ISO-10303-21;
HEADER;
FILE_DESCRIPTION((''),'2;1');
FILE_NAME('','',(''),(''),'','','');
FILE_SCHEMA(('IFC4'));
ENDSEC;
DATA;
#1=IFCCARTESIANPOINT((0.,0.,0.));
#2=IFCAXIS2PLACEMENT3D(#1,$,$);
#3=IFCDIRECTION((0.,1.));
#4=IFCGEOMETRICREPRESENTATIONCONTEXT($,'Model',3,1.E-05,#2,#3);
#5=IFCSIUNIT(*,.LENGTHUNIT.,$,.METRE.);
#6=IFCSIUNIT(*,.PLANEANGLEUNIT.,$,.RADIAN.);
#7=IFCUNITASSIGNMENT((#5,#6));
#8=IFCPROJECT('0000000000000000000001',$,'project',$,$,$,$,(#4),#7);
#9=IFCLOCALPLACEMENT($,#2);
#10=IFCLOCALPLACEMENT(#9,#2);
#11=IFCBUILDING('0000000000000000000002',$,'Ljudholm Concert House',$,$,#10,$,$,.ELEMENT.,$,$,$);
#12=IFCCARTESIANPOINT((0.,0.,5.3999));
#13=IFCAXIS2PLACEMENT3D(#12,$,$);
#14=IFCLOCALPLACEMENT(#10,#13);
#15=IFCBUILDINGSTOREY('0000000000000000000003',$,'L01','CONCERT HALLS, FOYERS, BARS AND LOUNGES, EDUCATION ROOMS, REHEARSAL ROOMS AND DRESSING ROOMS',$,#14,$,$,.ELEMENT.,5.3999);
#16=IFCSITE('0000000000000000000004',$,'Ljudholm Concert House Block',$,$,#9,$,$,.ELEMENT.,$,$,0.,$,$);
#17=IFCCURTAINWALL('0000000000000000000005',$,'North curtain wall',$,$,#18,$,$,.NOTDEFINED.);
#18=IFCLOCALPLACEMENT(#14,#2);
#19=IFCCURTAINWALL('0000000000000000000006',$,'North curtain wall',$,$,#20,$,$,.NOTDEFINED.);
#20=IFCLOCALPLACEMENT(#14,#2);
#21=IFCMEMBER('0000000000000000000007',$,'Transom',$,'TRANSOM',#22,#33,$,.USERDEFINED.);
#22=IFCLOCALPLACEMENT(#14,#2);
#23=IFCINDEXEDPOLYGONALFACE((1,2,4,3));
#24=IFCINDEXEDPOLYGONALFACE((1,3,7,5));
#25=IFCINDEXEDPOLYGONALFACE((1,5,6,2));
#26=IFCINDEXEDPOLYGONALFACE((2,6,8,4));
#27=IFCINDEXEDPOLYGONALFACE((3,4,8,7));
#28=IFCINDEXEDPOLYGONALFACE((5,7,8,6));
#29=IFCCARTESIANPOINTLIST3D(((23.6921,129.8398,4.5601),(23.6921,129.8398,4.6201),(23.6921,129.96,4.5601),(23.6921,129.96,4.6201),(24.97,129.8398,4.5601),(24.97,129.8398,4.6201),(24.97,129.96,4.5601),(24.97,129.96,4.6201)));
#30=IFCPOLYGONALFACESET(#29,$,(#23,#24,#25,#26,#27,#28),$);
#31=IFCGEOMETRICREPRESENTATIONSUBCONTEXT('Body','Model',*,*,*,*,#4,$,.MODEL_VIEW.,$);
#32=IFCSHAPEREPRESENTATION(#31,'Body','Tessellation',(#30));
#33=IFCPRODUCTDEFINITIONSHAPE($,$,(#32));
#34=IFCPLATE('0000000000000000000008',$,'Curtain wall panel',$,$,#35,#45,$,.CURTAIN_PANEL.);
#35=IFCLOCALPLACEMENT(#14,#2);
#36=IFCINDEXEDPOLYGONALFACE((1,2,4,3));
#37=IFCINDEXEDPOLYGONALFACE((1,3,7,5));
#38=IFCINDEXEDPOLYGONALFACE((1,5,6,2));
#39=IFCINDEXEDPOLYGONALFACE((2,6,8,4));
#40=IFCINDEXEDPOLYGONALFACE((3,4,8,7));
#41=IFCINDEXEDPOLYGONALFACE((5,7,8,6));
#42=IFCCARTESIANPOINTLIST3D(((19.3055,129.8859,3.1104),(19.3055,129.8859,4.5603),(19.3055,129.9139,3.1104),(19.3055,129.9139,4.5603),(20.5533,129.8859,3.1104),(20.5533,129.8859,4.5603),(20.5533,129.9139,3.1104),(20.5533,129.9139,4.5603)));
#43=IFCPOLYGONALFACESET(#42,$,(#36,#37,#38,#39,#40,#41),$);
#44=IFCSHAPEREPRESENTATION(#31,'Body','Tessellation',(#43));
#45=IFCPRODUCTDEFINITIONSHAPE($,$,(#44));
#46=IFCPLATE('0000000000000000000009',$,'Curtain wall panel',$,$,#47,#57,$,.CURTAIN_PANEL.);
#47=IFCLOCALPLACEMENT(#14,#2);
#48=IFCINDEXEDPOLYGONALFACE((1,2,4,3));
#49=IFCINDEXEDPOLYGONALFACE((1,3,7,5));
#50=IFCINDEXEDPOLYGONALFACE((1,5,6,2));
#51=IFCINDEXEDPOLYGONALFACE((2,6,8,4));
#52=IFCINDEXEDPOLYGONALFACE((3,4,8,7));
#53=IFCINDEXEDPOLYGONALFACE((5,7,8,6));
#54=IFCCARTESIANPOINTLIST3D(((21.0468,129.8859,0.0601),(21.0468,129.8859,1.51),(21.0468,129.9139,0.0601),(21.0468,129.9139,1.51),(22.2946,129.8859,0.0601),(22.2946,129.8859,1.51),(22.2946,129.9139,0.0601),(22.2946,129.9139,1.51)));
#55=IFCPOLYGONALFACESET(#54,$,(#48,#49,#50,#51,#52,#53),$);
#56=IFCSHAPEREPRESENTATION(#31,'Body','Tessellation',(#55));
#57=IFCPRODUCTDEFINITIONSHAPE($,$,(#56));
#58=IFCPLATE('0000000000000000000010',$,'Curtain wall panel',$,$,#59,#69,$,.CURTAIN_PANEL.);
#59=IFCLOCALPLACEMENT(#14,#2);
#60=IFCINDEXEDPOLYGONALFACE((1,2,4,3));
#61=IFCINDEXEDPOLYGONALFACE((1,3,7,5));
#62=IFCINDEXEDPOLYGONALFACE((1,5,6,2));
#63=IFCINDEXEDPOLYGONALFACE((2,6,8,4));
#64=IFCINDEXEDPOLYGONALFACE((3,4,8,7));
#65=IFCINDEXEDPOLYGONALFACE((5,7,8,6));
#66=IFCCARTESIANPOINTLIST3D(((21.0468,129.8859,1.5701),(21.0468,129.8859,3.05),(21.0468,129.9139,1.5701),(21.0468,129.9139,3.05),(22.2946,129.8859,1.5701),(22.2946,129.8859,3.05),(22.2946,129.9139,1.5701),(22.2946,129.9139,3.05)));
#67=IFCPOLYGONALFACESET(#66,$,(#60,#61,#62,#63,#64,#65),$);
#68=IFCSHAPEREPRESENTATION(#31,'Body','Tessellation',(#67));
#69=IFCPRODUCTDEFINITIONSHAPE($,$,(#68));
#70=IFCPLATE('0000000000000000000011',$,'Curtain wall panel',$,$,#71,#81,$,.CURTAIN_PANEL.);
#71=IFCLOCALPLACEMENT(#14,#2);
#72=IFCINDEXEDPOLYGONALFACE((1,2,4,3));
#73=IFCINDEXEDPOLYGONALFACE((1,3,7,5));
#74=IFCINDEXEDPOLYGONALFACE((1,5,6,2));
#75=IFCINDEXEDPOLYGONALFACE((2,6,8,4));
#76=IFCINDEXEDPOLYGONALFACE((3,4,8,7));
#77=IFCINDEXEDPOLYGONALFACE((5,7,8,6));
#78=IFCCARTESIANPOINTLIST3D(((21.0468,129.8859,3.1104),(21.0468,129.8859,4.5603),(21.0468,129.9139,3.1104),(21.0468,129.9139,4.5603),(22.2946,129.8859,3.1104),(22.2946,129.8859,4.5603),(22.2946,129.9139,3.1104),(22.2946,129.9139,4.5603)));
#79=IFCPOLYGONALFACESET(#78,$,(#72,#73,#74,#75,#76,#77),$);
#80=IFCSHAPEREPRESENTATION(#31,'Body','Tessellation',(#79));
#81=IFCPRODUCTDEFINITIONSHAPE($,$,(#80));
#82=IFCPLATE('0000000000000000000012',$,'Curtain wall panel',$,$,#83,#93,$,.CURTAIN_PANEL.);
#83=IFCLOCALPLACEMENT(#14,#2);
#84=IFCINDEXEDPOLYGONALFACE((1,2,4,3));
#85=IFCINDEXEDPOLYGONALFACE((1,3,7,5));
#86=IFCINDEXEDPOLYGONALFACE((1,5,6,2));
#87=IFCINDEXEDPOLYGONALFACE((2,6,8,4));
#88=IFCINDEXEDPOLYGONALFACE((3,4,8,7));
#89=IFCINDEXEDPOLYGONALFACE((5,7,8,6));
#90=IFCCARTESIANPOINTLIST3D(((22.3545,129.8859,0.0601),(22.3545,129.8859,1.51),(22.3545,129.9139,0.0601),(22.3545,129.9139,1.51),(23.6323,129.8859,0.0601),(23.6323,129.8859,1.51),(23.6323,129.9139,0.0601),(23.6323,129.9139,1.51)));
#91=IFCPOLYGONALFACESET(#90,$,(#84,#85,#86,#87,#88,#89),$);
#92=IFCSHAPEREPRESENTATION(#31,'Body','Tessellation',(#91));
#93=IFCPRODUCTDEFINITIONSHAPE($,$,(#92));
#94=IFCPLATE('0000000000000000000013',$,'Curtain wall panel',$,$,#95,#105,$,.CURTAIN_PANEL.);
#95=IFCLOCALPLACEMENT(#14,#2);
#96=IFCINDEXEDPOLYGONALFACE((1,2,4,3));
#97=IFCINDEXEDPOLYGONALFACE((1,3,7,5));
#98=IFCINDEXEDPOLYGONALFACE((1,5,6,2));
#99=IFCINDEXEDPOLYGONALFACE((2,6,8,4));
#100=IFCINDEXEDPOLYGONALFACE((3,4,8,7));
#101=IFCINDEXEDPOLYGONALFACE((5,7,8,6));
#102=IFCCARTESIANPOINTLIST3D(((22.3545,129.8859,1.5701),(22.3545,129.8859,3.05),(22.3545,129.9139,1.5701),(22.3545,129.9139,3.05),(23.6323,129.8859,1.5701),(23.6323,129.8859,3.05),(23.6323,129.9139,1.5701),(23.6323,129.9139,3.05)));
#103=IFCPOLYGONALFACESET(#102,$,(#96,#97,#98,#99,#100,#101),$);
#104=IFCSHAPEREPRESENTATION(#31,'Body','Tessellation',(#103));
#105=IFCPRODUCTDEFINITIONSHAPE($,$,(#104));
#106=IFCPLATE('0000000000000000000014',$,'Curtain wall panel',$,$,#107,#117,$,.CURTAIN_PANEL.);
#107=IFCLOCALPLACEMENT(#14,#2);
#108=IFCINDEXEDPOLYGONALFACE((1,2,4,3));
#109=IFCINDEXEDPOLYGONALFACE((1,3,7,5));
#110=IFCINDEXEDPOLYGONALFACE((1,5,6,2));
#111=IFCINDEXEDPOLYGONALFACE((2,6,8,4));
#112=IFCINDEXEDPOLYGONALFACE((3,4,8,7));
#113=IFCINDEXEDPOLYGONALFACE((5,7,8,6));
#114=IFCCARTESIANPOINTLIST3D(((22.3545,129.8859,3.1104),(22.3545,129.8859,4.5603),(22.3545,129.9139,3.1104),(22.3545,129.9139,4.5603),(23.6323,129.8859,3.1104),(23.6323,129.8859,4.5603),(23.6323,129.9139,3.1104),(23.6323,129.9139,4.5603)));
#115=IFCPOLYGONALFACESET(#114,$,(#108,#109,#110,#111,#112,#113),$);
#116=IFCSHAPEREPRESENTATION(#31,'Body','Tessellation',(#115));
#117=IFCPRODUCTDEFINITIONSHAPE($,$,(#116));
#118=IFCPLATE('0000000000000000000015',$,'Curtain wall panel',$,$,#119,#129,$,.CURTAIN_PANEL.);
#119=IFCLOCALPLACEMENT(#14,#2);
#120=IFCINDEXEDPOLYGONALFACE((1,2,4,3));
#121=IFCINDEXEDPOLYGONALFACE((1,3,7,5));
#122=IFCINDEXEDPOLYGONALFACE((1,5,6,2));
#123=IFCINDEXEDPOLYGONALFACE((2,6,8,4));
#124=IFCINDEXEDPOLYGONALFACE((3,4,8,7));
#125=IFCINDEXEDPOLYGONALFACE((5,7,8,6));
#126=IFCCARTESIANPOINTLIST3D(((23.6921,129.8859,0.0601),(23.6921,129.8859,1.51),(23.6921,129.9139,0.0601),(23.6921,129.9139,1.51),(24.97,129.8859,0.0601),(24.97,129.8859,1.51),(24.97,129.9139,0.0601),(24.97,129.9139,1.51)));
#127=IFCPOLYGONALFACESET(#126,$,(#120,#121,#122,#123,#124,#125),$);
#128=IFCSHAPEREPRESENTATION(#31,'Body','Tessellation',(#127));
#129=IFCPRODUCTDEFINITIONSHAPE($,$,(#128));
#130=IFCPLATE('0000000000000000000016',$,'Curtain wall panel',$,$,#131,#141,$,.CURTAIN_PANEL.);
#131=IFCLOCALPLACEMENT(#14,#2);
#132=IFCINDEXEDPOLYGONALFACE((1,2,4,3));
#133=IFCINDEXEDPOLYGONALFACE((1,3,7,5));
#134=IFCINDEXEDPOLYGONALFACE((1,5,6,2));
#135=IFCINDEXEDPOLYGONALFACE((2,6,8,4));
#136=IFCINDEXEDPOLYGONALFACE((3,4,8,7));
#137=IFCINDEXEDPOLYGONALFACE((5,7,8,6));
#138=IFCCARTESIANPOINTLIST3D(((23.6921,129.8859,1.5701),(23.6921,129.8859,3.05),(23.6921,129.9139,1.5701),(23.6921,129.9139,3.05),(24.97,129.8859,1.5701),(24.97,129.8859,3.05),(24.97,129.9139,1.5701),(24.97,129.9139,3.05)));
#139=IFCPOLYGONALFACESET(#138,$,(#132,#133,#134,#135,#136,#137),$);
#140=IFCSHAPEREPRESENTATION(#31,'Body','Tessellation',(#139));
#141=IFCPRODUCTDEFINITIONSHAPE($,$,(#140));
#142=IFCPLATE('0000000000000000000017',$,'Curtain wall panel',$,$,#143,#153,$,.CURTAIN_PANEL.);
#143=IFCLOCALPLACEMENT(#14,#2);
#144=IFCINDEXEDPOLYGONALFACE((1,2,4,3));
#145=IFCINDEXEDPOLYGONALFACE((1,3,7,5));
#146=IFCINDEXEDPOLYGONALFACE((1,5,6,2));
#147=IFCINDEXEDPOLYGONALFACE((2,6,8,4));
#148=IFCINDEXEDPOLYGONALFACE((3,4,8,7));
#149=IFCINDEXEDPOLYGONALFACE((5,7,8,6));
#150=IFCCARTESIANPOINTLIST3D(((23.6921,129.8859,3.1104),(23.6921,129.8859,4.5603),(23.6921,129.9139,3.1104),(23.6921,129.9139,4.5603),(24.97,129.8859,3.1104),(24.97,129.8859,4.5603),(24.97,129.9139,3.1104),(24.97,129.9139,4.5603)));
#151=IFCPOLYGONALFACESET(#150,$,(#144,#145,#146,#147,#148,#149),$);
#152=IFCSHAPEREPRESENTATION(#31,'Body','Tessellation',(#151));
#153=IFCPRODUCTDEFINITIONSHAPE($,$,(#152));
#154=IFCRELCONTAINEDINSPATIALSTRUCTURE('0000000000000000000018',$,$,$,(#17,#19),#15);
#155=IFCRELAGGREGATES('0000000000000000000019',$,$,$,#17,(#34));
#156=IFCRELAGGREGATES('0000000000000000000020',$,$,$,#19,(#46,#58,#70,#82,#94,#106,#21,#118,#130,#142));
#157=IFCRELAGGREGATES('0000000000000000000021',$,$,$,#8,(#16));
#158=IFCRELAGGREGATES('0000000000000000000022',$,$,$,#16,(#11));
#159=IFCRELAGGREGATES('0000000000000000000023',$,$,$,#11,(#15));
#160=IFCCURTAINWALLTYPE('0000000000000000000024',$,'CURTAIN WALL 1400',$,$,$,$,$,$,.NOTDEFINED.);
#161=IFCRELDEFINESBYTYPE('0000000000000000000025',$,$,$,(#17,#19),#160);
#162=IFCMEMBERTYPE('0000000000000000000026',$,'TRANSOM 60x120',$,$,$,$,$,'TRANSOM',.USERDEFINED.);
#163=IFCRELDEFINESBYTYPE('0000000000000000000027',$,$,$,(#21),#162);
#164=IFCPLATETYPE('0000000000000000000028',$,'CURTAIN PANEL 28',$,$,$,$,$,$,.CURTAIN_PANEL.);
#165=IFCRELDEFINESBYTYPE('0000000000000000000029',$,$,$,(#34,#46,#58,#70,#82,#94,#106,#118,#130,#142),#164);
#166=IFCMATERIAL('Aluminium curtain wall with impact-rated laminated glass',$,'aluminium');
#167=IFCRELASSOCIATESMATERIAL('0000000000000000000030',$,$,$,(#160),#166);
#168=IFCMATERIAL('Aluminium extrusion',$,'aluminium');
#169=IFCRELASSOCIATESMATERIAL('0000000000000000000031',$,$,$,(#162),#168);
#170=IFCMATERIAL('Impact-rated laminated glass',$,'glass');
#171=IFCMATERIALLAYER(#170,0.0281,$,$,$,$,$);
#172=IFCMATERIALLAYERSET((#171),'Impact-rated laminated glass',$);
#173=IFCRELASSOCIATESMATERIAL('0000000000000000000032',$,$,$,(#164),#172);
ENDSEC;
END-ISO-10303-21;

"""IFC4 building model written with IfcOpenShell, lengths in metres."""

from ifc_helpers import new_model, si_unit, direction, frame, origin, origin_2d, place, context, subcontext, project, spatial, rectangle, extrude, material, layer, layer_set, material_profile, profile_set, type_object, element, aggregate, save


model = new_model("IFC4")

# Units and contexts
model_context = context("Model", 3, precision=1e-05, world=origin(), true_north=direction((0.0, 1.0)))
body_context = subcontext(model_context, "Body", "Model", "MODEL_VIEW")
ifc_project = project(units=[si_unit("LENGTHUNIT", "METRE"), si_unit("PLANEANGLEUNIT", "RADIAN")], contexts=[model_context])

# Site, building, storey
site_placement = place(None, origin())
site = spatial("IfcSite", under=ifc_project, at=site_placement, Name="Ljudholm Concert House Block", CompositionType="ELEMENT", RefElevation=0.0)
building_placement = place(site_placement, origin())
building = spatial("IfcBuilding", under=site, at=building_placement, Name="Ljudholm Concert House", CompositionType="ELEMENT")
storey_placement = place(building_placement, frame((0.0, 0.0, 5.3999)))
storey = spatial("IfcBuildingStorey", under=building, at=storey_placement, Name="L01", Description="CONCERT HALLS, FOYERS, BARS AND LOUNGES, EDUCATION ROOMS, REHEARSAL ROOMS AND DRESSING ROOMS", CompositionType="ELEMENT", Elevation=5.3999)

# Curtain wall
ifc_material_1 = material(Name="Aluminium curtain wall with impact-rated laminated glass", Category="aluminium")
curtain_wall_type = type_object("IfcCurtainWallType", Name="CURTAIN WALL 1400", PredefinedType="NOTDEFINED", material=ifc_material_1)
curtain_wall_1_placement = place(storey_placement, origin())
curtain_wall_1 = element("IfcCurtainWall", 1, at=curtain_wall_1_placement, inside=storey, type_object=curtain_wall_type, Name="North curtain wall", PredefinedType="NOTDEFINED")

# Curtain wall, member
curtain_wall_2_placement = place(storey_placement, origin())
curtain_wall_2 = element("IfcCurtainWall", 2, at=curtain_wall_2_placement, inside=storey, type_object=curtain_wall_type, Name="North curtain wall", PredefinedType="NOTDEFINED")
ifc_material_2 = material(Name="Aluminium extrusion", Category="aluminium")
ifc_material_profile_1 = material_profile(ifc_material_2, rectangle(XDim=0.1201, YDim=0.0601, at=origin_2d()), Name="TRANSOM 60x120")
ifc_profile_set_1 = profile_set([ifc_material_profile_1], Name="Aluminium extrusion")
member_type_1 = type_object("IfcMemberType", Name="TRANSOM 60x120", ElementType="TRANSOM", PredefinedType="USERDEFINED", material=ifc_profile_set_1)
member_1_placement = place(storey_placement, frame((23.6921, 129.8999, 4.5901), z_axis=(1.0, 0.0, 0.0), x_axis=(0.0, 1.0, 0.0)))
member_1 = element("IfcMember", 3, at=member_1_placement, type_object=member_type_1, Name="Transom", ObjectType="TRANSOM", PredefinedType="USERDEFINED", context=body_context, shape_type="SweptSolid", body=[
    extrude(rectangle(XDim=0.1201, YDim=0.0601, at=origin_2d()), origin(), (0.0, 0.0, 1.0), 1.2778),
])

# Plates
ifc_material_3 = material(Name="Impact-rated laminated glass", Category="glass")
ifc_layer = layer(ifc_material_3, 0.0281)
ifc_layer_set = layer_set([ifc_layer], Name="Impact-rated laminated glass")
plate_type = type_object("IfcPlateType", Name="CURTAIN PANEL 28", PredefinedType="CURTAIN_PANEL", material=ifc_layer_set)
plate_1_placement = place(storey_placement, frame((19.9294, 129.8999, 3.1104), z_axis=(0.0, 0.0, 1.0), x_axis=(1.0, 0.0, 0.0)))
plate_1 = element("IfcPlate", 4, at=plate_1_placement, type_object=plate_type, Name="Curtain wall panel", PredefinedType="CURTAIN_PANEL", context=body_context, shape_type="SweptSolid", body=[
    extrude(rectangle(XDim=1.2478, YDim=0.0281, at=origin_2d()), origin(), (0.0, 0.0, 1.0), 1.45),
])
aggregate(curtain_wall_1, [plate_1])
plate_2_placement = place(storey_placement, frame((21.6707, 129.8999, 0.0601), z_axis=(0.0, 0.0, 1.0), x_axis=(1.0, 0.0, 0.0)))
plate_2 = element("IfcPlate", 5, at=plate_2_placement, type_object=plate_type, Name="Curtain wall panel", PredefinedType="CURTAIN_PANEL", context=body_context, shape_type="SweptSolid", body=[
    extrude(rectangle(XDim=1.2478, YDim=0.0281, at=origin_2d()), origin(), (0.0, 0.0, 1.0), 1.45),
])
plate_3_placement = place(storey_placement, frame((21.6707, 129.8999, 1.5701), z_axis=(0.0, 0.0, 1.0), x_axis=(1.0, 0.0, 0.0)))
plate_3 = element("IfcPlate", 6, at=plate_3_placement, type_object=plate_type, Name="Curtain wall panel", PredefinedType="CURTAIN_PANEL", context=body_context, shape_type="SweptSolid", body=[
    extrude(rectangle(XDim=1.2478, YDim=0.0281, at=origin_2d()), origin(), (0.0, 0.0, 1.0), 1.48),
])
plate_4_placement = place(storey_placement, frame((21.6707, 129.8999, 3.1104), z_axis=(0.0, 0.0, 1.0), x_axis=(1.0, 0.0, 0.0)))
plate_4 = element("IfcPlate", 7, at=plate_4_placement, type_object=plate_type, Name="Curtain wall panel", PredefinedType="CURTAIN_PANEL", context=body_context, shape_type="SweptSolid", body=[
    extrude(rectangle(XDim=1.2478, YDim=0.0281, at=origin_2d()), origin(), (0.0, 0.0, 1.0), 1.45),
])
plate_5_placement = place(storey_placement, frame((22.9934, 129.8999, 0.0601), z_axis=(0.0, 0.0, 1.0), x_axis=(1.0, 0.0, 0.0)))
plate_5 = element("IfcPlate", 8, at=plate_5_placement, type_object=plate_type, Name="Curtain wall panel", PredefinedType="CURTAIN_PANEL", context=body_context, shape_type="SweptSolid", body=[
    extrude(rectangle(XDim=1.2778, YDim=0.0281, at=origin_2d()), origin(), (0.0, 0.0, 1.0), 1.45),
])
plate_6_placement = place(storey_placement, frame((22.9934, 129.8999, 1.5701), z_axis=(0.0, 0.0, 1.0), x_axis=(1.0, 0.0, 0.0)))
plate_6 = element("IfcPlate", 9, at=plate_6_placement, type_object=plate_type, Name="Curtain wall panel", PredefinedType="CURTAIN_PANEL", context=body_context, shape_type="SweptSolid", body=[
    extrude(rectangle(XDim=1.2778, YDim=0.0281, at=origin_2d()), origin(), (0.0, 0.0, 1.0), 1.48),
])
plate_7_placement = place(storey_placement, frame((22.9934, 129.8999, 3.1104), z_axis=(0.0, 0.0, 1.0), x_axis=(1.0, 0.0, 0.0)))
plate_7 = element("IfcPlate", 10, at=plate_7_placement, type_object=plate_type, Name="Curtain wall panel", PredefinedType="CURTAIN_PANEL", context=body_context, shape_type="SweptSolid", body=[
    extrude(rectangle(XDim=1.2778, YDim=0.0281, at=origin_2d()), origin(), (0.0, 0.0, 1.0), 1.45),
])
plate_8_placement = place(storey_placement, frame((24.3311, 129.8999, 0.0601), z_axis=(0.0, 0.0, 1.0), x_axis=(1.0, 0.0, 0.0)))
plate_8 = element("IfcPlate", 11, at=plate_8_placement, type_object=plate_type, Name="Curtain wall panel", PredefinedType="CURTAIN_PANEL", context=body_context, shape_type="SweptSolid", body=[
    extrude(rectangle(XDim=1.2778, YDim=0.0281, at=origin_2d()), origin(), (0.0, 0.0, 1.0), 1.45),
])
plate_9_placement = place(storey_placement, frame((24.3311, 129.8999, 1.5701), z_axis=(0.0, 0.0, 1.0), x_axis=(1.0, 0.0, 0.0)))
plate_9 = element("IfcPlate", 12, at=plate_9_placement, type_object=plate_type, Name="Curtain wall panel", PredefinedType="CURTAIN_PANEL", context=body_context, shape_type="SweptSolid", body=[
    extrude(rectangle(XDim=1.2778, YDim=0.0281, at=origin_2d()), origin(), (0.0, 0.0, 1.0), 1.48),
])
plate_10_placement = place(storey_placement, frame((24.3311, 129.8999, 3.1104), z_axis=(0.0, 0.0, 1.0), x_axis=(1.0, 0.0, 0.0)))
plate_10 = element("IfcPlate", 13, at=plate_10_placement, type_object=plate_type, Name="Curtain wall panel", PredefinedType="CURTAIN_PANEL", context=body_context, shape_type="SweptSolid", body=[
    extrude(rectangle(XDim=1.2778, YDim=0.0281, at=origin_2d()), origin(), (0.0, 0.0, 1.0), 1.45),
])
aggregate(curtain_wall_2, [plate_2, plate_3, plate_4, plate_5, plate_6, plate_7, member_1, plate_8, plate_9, plate_10])

save(model, "model.ifc")
